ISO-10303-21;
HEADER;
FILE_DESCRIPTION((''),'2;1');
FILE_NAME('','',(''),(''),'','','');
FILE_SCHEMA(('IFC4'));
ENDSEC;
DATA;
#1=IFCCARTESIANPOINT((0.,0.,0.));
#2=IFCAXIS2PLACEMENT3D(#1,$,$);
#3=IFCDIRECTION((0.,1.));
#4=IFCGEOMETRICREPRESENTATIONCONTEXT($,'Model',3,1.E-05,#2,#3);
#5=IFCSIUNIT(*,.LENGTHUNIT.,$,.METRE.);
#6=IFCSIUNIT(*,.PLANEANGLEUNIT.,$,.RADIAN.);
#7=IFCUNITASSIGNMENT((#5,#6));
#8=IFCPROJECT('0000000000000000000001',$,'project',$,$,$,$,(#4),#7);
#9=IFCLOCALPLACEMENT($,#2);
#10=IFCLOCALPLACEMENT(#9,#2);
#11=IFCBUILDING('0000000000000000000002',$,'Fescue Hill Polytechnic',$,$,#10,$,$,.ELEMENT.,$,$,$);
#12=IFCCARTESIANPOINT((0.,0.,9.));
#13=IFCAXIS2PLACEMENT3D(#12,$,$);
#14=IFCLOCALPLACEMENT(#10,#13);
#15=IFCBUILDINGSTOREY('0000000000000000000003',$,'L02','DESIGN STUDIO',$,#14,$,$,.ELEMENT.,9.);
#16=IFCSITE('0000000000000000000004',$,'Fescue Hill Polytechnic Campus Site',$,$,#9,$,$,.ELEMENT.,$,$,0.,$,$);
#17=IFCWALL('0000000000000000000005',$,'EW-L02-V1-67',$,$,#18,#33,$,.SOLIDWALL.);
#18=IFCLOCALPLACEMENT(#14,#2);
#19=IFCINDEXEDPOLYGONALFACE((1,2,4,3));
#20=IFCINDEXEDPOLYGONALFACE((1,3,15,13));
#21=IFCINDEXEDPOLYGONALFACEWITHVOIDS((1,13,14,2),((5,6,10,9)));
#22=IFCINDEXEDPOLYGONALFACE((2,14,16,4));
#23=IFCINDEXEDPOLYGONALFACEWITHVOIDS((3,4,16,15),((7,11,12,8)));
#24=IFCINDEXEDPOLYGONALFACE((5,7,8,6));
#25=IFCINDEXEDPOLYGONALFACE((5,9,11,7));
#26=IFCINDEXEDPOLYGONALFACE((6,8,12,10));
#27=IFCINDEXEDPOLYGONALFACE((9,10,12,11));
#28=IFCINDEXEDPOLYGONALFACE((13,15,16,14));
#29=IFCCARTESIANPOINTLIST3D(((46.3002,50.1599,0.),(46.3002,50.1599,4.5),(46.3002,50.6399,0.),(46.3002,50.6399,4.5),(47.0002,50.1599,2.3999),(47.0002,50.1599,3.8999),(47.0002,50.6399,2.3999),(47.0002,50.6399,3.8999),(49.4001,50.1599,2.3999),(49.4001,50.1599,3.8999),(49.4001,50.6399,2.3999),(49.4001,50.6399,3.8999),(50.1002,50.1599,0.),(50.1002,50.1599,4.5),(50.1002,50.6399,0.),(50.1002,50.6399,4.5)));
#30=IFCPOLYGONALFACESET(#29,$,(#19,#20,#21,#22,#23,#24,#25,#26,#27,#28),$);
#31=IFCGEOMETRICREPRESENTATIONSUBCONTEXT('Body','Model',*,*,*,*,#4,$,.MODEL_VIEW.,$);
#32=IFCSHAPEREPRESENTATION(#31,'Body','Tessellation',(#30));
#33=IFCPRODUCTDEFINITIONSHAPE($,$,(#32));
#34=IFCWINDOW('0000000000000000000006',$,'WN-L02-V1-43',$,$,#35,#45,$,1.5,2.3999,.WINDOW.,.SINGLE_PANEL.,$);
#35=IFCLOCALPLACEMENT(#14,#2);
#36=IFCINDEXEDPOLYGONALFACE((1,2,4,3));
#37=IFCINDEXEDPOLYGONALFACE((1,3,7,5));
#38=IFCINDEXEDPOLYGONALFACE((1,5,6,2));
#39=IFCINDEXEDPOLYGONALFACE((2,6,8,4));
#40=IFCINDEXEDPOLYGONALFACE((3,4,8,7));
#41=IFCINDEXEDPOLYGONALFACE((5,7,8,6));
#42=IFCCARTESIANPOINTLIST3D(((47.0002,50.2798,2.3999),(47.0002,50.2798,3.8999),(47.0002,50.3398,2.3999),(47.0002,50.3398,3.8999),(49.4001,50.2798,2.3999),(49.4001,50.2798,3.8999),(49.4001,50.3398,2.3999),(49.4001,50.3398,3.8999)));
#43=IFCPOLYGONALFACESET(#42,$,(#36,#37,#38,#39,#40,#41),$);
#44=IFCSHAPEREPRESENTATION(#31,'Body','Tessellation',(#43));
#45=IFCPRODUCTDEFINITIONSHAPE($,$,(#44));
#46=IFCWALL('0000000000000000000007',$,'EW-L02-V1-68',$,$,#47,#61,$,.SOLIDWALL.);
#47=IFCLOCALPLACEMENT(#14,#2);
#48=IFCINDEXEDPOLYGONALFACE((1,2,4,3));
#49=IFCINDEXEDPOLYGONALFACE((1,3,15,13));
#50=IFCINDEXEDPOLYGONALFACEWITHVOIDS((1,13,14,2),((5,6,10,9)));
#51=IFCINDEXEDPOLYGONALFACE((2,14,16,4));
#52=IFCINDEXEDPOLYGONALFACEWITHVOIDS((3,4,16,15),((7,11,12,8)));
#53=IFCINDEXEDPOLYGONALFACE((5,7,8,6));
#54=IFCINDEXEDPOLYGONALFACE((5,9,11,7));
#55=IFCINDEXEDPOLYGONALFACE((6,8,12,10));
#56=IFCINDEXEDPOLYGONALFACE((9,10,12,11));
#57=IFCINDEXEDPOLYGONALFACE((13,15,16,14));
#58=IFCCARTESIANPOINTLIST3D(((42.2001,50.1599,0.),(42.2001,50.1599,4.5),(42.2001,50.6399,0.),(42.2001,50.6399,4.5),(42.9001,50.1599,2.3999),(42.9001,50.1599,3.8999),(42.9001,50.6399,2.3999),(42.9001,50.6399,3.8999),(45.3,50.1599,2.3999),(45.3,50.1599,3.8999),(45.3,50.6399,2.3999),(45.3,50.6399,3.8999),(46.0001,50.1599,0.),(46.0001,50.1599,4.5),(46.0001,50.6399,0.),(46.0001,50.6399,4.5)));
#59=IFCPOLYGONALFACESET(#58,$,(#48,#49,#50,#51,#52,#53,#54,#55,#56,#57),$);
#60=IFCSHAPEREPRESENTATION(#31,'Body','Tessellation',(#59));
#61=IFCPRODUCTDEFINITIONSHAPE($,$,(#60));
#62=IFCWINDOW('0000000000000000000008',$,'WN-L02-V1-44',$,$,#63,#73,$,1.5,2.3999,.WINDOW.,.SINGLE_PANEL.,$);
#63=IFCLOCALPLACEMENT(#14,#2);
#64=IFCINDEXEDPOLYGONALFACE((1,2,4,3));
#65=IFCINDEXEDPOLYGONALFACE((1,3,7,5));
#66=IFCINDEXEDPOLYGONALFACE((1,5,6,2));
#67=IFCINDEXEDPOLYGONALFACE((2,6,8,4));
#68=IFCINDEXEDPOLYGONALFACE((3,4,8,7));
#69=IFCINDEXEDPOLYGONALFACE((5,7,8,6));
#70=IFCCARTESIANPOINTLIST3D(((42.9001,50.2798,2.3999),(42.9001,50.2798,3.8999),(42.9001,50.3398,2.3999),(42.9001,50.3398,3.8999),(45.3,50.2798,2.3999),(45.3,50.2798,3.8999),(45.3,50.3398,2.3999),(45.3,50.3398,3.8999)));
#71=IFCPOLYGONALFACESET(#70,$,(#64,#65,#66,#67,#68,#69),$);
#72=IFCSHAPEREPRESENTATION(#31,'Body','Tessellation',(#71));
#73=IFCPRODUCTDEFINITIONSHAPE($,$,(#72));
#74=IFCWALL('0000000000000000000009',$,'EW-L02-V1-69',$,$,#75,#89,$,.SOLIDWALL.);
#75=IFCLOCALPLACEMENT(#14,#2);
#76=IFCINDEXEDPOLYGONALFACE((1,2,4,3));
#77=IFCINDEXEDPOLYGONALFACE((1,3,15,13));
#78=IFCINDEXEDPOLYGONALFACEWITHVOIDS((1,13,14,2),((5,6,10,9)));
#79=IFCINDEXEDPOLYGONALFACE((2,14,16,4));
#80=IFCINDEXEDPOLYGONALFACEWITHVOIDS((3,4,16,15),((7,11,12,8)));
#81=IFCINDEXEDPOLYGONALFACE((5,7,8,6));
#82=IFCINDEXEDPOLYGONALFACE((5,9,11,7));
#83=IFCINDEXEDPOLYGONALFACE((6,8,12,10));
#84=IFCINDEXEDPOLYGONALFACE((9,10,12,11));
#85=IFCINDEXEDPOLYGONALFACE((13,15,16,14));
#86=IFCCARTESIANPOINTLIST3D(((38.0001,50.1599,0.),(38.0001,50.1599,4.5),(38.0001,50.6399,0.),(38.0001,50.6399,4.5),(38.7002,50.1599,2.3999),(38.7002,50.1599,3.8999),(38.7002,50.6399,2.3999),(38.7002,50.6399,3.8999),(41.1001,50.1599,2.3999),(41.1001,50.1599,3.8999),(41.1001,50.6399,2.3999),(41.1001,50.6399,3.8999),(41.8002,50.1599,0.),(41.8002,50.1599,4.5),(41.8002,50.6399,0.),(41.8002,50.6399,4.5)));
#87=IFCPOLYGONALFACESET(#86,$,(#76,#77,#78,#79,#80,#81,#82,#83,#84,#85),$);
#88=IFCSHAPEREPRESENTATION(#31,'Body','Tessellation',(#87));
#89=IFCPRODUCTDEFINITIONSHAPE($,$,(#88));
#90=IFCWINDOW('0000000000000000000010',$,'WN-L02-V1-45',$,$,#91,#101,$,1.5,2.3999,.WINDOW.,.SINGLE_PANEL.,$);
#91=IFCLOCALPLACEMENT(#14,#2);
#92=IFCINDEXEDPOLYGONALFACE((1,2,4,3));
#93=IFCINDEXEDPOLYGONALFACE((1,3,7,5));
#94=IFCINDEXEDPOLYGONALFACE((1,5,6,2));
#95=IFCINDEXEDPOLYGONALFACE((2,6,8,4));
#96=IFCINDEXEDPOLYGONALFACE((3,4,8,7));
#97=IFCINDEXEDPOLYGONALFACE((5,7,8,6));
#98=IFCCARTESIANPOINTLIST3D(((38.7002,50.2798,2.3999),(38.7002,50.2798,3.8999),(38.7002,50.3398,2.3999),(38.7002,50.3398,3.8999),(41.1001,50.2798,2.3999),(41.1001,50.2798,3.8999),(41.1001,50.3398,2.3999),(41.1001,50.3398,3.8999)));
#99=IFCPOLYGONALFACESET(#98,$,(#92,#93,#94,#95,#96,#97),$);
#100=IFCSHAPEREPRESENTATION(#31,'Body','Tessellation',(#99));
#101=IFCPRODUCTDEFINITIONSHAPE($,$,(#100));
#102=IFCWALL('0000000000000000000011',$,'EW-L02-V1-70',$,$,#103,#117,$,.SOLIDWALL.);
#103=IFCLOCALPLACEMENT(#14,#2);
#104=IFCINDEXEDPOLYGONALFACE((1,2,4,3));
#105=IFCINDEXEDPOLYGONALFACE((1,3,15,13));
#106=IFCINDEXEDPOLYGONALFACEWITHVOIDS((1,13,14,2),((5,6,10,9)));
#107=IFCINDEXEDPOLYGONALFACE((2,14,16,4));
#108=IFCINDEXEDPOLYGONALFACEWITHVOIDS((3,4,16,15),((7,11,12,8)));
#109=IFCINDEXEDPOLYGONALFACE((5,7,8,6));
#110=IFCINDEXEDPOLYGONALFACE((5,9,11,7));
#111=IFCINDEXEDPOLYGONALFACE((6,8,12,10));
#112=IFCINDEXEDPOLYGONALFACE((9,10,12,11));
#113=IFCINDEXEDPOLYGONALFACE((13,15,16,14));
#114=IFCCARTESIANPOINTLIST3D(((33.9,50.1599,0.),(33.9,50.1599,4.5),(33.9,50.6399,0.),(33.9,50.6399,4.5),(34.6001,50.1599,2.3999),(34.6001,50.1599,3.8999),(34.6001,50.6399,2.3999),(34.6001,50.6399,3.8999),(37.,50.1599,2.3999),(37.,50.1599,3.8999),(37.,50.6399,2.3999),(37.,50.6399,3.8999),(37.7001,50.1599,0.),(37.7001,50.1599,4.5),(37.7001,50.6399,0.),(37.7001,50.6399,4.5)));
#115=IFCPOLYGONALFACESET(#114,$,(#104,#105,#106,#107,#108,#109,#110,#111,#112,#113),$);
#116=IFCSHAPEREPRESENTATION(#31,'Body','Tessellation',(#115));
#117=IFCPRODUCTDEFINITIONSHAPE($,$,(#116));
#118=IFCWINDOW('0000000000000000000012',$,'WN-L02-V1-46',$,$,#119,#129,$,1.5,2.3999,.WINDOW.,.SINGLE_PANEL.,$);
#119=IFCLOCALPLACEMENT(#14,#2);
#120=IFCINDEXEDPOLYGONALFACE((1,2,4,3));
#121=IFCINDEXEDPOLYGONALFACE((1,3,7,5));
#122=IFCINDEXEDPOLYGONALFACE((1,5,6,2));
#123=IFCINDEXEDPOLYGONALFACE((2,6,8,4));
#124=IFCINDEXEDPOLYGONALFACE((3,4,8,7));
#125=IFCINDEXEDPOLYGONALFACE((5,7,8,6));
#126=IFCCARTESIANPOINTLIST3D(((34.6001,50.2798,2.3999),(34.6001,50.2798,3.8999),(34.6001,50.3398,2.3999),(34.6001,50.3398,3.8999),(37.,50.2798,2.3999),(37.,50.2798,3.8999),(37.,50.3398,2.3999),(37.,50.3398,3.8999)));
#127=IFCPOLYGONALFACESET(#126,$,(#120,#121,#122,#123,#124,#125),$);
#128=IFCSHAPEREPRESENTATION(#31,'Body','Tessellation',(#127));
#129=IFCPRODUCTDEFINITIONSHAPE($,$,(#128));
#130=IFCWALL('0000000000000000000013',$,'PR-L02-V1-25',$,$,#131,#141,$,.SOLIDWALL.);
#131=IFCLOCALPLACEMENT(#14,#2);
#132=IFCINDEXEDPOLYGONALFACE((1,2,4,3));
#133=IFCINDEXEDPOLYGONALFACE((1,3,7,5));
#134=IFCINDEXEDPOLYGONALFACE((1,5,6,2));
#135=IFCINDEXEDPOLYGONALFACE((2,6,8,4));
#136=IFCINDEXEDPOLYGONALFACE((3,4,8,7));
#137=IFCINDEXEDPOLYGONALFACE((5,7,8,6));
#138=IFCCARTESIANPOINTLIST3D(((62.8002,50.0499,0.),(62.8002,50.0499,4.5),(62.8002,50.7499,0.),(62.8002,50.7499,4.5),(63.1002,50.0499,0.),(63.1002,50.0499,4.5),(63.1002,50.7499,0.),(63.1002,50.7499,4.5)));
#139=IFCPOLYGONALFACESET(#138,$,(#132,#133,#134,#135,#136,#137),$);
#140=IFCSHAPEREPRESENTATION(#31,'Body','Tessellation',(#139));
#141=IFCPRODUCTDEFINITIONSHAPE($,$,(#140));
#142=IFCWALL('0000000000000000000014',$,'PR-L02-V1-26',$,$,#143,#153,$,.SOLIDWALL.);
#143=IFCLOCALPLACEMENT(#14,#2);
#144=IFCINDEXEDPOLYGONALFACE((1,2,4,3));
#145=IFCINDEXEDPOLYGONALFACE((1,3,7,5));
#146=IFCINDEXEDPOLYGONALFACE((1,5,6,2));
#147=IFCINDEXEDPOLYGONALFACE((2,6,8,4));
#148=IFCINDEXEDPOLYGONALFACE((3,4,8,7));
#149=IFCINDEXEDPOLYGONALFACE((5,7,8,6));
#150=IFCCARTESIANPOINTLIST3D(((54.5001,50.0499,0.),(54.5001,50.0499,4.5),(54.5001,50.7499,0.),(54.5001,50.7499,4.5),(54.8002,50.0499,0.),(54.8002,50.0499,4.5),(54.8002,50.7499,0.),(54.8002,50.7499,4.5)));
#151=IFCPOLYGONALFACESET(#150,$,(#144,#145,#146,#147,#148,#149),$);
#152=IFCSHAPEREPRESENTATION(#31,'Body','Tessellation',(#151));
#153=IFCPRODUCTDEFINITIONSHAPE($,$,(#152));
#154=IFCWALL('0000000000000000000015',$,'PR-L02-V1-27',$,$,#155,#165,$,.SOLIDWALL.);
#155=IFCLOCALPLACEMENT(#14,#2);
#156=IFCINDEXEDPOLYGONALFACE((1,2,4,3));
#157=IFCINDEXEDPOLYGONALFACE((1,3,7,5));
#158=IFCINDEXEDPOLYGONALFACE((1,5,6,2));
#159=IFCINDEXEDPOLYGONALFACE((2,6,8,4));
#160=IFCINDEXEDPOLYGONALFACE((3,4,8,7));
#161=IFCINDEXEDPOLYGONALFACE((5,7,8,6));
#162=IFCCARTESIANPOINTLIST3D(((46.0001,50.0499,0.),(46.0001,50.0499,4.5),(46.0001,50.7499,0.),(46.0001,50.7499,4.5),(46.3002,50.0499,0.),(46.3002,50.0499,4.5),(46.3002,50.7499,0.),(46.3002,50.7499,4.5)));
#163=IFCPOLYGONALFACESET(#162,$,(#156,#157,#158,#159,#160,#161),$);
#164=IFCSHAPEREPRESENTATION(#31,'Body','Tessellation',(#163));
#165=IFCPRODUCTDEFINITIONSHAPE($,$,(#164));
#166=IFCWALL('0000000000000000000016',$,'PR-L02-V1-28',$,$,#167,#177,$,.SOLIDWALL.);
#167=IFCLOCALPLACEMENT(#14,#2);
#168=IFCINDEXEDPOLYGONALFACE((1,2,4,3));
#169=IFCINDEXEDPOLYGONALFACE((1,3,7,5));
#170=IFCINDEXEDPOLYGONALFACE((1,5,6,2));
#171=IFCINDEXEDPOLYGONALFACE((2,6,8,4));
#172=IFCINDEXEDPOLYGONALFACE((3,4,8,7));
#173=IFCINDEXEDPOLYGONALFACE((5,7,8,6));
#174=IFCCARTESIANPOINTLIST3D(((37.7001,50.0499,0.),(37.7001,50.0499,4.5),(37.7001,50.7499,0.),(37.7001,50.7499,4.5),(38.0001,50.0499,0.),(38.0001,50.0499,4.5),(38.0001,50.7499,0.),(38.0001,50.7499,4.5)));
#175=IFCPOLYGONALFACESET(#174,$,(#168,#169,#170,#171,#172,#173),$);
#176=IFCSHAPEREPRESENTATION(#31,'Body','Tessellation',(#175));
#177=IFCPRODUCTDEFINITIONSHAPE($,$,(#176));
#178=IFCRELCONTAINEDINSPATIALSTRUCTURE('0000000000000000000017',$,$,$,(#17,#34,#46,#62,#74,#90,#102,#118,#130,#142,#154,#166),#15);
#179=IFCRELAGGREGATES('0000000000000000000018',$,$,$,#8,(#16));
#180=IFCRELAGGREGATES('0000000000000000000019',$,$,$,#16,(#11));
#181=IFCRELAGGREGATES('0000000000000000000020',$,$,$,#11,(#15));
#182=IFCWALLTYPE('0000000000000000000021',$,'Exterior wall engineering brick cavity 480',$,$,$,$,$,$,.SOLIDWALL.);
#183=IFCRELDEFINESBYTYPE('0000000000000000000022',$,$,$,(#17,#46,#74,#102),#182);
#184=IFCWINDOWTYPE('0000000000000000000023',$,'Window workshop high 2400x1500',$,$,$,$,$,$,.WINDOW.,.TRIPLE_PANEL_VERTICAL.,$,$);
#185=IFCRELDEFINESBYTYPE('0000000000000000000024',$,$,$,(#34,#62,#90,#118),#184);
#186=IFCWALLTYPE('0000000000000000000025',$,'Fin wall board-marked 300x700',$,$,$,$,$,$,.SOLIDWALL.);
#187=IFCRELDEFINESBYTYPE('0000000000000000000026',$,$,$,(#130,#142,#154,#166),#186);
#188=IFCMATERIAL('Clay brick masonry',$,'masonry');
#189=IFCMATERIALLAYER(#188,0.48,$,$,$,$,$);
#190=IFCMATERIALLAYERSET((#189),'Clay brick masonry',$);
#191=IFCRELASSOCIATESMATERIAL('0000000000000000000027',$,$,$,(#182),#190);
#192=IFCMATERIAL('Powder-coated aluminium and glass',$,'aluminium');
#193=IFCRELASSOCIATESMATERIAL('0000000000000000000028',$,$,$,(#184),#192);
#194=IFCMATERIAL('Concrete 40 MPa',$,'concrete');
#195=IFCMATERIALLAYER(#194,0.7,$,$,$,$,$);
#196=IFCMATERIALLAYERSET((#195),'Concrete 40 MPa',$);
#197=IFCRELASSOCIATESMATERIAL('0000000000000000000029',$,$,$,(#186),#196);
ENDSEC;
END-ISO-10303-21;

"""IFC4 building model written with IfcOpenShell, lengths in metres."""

from ifc_helpers import new_model, si_unit, direction, frame, frame_2d, origin, place, context, subcontext, project, spatial, rectangle, extrude, material, layer, layer_set, type_object, element, fill, save


model = new_model("IFC4")

# Units and contexts
model_context = context("Model", 3, precision=1e-05, world=origin(), true_north=direction((0.0, 1.0)))
body_context = subcontext(model_context, "Body", "Model", "MODEL_VIEW")
ifc_project = project(units=[si_unit("LENGTHUNIT", "METRE"), si_unit("PLANEANGLEUNIT", "RADIAN")], contexts=[model_context])

# Site, building, storey
site_placement = place(None, origin())
site = spatial("IfcSite", under=ifc_project, at=site_placement, Name="Fescue Hill Polytechnic Campus Site", CompositionType="ELEMENT", RefElevation=0.0)
building_placement = place(site_placement, origin())
building = spatial("IfcBuilding", under=site, at=building_placement, Name="Fescue Hill Polytechnic", CompositionType="ELEMENT")
storey_placement = place(building_placement, frame((0.0, 0.0, 9.0)))
storey = spatial("IfcBuildingStorey", under=building, at=storey_placement, Name="L02", Description="DESIGN STUDIO", CompositionType="ELEMENT", Elevation=9.0)

# Shared definitions
ifc_material_1 = material(Name="Concrete 40 MPa", Category="concrete")

# Walls, openings, windows
ifc_material_2 = material(Name="Clay brick masonry", Category="masonry")
ifc_layer_1 = layer(ifc_material_2, 0.48)
ifc_layer_set_1 = layer_set([ifc_layer_1], Name="Clay brick masonry")
wall_type_1 = type_object("IfcWallType", Name="Exterior wall engineering brick cavity 480", PredefinedType="SOLIDWALL", material=ifc_layer_set_1)
ifc_material_3 = material(Name="Powder-coated aluminium and glass", Category="aluminium")
window_type = type_object("IfcWindowType", Name="Window workshop high 2400x1500", PartitioningType="TRIPLE_PANEL_VERTICAL", PredefinedType="WINDOW", material=ifc_material_3)
wall_1_placement = place(storey_placement, frame((50.1001, 50.3999, 0.0), z_axis=(0.0, 0.0, 1.0), x_axis=(-1.0, 0.0, 0.0)))
wall_1 = element("IfcWall", 1, at=wall_1_placement, inside=storey, type_object=wall_type_1, Name="EW-L02-V1-67", PredefinedType="SOLIDWALL", context=body_context, shape_type="SweptSolid", body=[
    extrude(rectangle(XDim=3.8, YDim=0.48, at=frame_2d((1.8999, 0.0))), origin(), (0.0, 0.0, 1.0), 4.5),
])
opening_1_placement = place(wall_1_placement, frame((0.7, 0.0, 2.3999)))
opening_1 = element("IfcOpeningElement", 2, at=opening_1_placement, cuts=wall_1, PredefinedType="OPENING", context=body_context, shape_type="SweptSolid", body=[
    extrude(rectangle(XDim=2.3999, YDim=1.5, at=frame_2d((1.2, 0.75))), frame((0.0, 0.25, 0.0), z_axis=(0.0, -1.0, 0.0), x_axis=(1.0, 0.0, 0.0)), (0.0, 0.0, 1.0), 0.5),
])
window_1_placement = place(opening_1_placement, origin())
window_1 = element("IfcWindow", 3, at=window_1_placement, inside=storey, type_object=window_type, Name="WN-L02-V1-43", OverallHeight=1.5, OverallWidth=2.3999, PartitioningType="SINGLE_PANEL", PredefinedType="WINDOW", context=body_context, shape_type="SweptSolid", body=[
    extrude(rectangle(XDim=2.3999, YDim=1.5, at=frame_2d((1.2, 0.75))), frame((0.0, 0.1201, 0.0), z_axis=(0.0, -1.0, 0.0), x_axis=(1.0, 0.0, 0.0)), (0.0, 0.0, 1.0), 0.0601),
])
fill(opening_1, window_1)
wall_2_placement = place(storey_placement, frame((46.0, 50.3999, 0.0), z_axis=(0.0, 0.0, 1.0), x_axis=(-1.0, 0.0, 0.0)))
wall_2 = element("IfcWall", 4, at=wall_2_placement, inside=storey, type_object=wall_type_1, Name="EW-L02-V1-68", PredefinedType="SOLIDWALL", context=body_context, shape_type="SweptSolid", body=[
    extrude(rectangle(XDim=3.8, YDim=0.48, at=frame_2d((1.8999, 0.0))), origin(), (0.0, 0.0, 1.0), 4.5),
])
opening_2_placement = place(wall_2_placement, frame((0.7, 0.0, 2.3999)))
opening_2 = element("IfcOpeningElement", 5, at=opening_2_placement, cuts=wall_2, PredefinedType="OPENING", context=body_context, shape_type="SweptSolid", body=[
    extrude(rectangle(XDim=2.3999, YDim=1.5, at=frame_2d((1.2, 0.75))), frame((0.0, 0.25, 0.0), z_axis=(0.0, -1.0, 0.0), x_axis=(1.0, 0.0, 0.0)), (0.0, 0.0, 1.0), 0.5),
])
window_2_placement = place(opening_2_placement, origin())
window_2 = element("IfcWindow", 6, at=window_2_placement, inside=storey, type_object=window_type, Name="WN-L02-V1-44", OverallHeight=1.5, OverallWidth=2.3999, PartitioningType="SINGLE_PANEL", PredefinedType="WINDOW", context=body_context, shape_type="SweptSolid", body=[
    extrude(rectangle(XDim=2.3999, YDim=1.5, at=frame_2d((1.2, 0.75))), frame((0.0, 0.1201, 0.0), z_axis=(0.0, -1.0, 0.0), x_axis=(1.0, 0.0, 0.0)), (0.0, 0.0, 1.0), 0.0601),
])
fill(opening_2, window_2)
wall_3_placement = place(storey_placement, frame((41.8, 50.3999, 0.0), z_axis=(0.0, 0.0, 1.0), x_axis=(-1.0, 0.0, 0.0)))
wall_3 = element("IfcWall", 7, at=wall_3_placement, inside=storey, type_object=wall_type_1, Name="EW-L02-V1-69", PredefinedType="SOLIDWALL", context=body_context, shape_type="SweptSolid", body=[
    extrude(rectangle(XDim=3.8, YDim=0.48, at=frame_2d((1.8999, 0.0))), origin(), (0.0, 0.0, 1.0), 4.5),
])
opening_3_placement = place(wall_3_placement, frame((0.7, 0.0, 2.3999)))
opening_3 = element("IfcOpeningElement", 8, at=opening_3_placement, cuts=wall_3, PredefinedType="OPENING", context=body_context, shape_type="SweptSolid", body=[
    extrude(rectangle(XDim=2.3999, YDim=1.5, at=frame_2d((1.2, 0.75))), frame((0.0, 0.25, 0.0), z_axis=(0.0, -1.0, 0.0), x_axis=(1.0, 0.0, 0.0)), (0.0, 0.0, 1.0), 0.5),
])
window_3_placement = place(opening_3_placement, origin())
window_3 = element("IfcWindow", 9, at=window_3_placement, inside=storey, type_object=window_type, Name="WN-L02-V1-45", OverallHeight=1.5, OverallWidth=2.3999, PartitioningType="SINGLE_PANEL", PredefinedType="WINDOW", context=body_context, shape_type="SweptSolid", body=[
    extrude(rectangle(XDim=2.3999, YDim=1.5, at=frame_2d((1.2, 0.75))), frame((0.0, 0.1201, 0.0), z_axis=(0.0, -1.0, 0.0), x_axis=(1.0, 0.0, 0.0)), (0.0, 0.0, 1.0), 0.0601),
])
fill(opening_3, window_3)
wall_4_placement = place(storey_placement, frame((37.7, 50.3999, 0.0), z_axis=(0.0, 0.0, 1.0), x_axis=(-1.0, 0.0, 0.0)))
wall_4 = element("IfcWall", 10, at=wall_4_placement, inside=storey, type_object=wall_type_1, Name="EW-L02-V1-70", PredefinedType="SOLIDWALL", context=body_context, shape_type="SweptSolid", body=[
    extrude(rectangle(XDim=3.8, YDim=0.48, at=frame_2d((1.8999, 0.0))), origin(), (0.0, 0.0, 1.0), 4.5),
])
opening_4_placement = place(wall_4_placement, frame((0.7, 0.0, 2.3999)))
opening_4 = element("IfcOpeningElement", 11, at=opening_4_placement, cuts=wall_4, PredefinedType="OPENING", context=body_context, shape_type="SweptSolid", body=[
    extrude(rectangle(XDim=2.3999, YDim=1.5, at=frame_2d((1.2, 0.75))), frame((0.0, 0.25, 0.0), z_axis=(0.0, -1.0, 0.0), x_axis=(1.0, 0.0, 0.0)), (0.0, 0.0, 1.0), 0.5),
])
window_4_placement = place(opening_4_placement, origin())
window_4 = element("IfcWindow", 12, at=window_4_placement, inside=storey, type_object=window_type, Name="WN-L02-V1-46", OverallHeight=1.5, OverallWidth=2.3999, PartitioningType="SINGLE_PANEL", PredefinedType="WINDOW", context=body_context, shape_type="SweptSolid", body=[
    extrude(rectangle(XDim=2.3999, YDim=1.5, at=frame_2d((1.2, 0.75))), frame((0.0, 0.1201, 0.0), z_axis=(0.0, -1.0, 0.0), x_axis=(1.0, 0.0, 0.0)), (0.0, 0.0, 1.0), 0.0601),
])
fill(opening_4, window_4)

# Walls
ifc_layer_2 = layer(ifc_material_1, 0.7)
ifc_layer_set_2 = layer_set([ifc_layer_2], Name="Concrete 40 MPa")
wall_type_2 = type_object("IfcWallType", Name="Fin wall board-marked 300x700", PredefinedType="SOLIDWALL", material=ifc_layer_set_2)
for number, where, z_axis, x_axis, name in (
    (13, (63.1001, 50.3999, 0.0), (0.0, 0.0, 1.0), (-1.0, 0.0, 0.0), "PR-L02-V1-25"),
    (14, (54.8, 50.3999, 0.0), (0.0, 0.0, 1.0), (-1.0, 0.0, 0.0), "PR-L02-V1-26"),
    (15, (46.3, 50.3999, 0.0), (0.0, 0.0, 1.0), (-1.0, 0.0, 0.0), "PR-L02-V1-27"),
    (16, (38.0, 50.3999, 0.0), (0.0, 0.0, 1.0), (-1.0, 0.0, 0.0), "PR-L02-V1-28"),
):
    element("IfcWall", number, at=place(storey_placement, frame(where, z_axis=z_axis, x_axis=x_axis)), inside=storey, type_object=wall_type_2, Name=name, PredefinedType="SOLIDWALL", context=body_context, shape_type="SweptSolid", body=[
        extrude(rectangle(XDim=0.3, YDim=0.7, at=frame_2d((0.1499, 0.0))), origin(), (0.0, 0.0, 1.0), 4.5),
    ])

save(model, "model.ifc")
